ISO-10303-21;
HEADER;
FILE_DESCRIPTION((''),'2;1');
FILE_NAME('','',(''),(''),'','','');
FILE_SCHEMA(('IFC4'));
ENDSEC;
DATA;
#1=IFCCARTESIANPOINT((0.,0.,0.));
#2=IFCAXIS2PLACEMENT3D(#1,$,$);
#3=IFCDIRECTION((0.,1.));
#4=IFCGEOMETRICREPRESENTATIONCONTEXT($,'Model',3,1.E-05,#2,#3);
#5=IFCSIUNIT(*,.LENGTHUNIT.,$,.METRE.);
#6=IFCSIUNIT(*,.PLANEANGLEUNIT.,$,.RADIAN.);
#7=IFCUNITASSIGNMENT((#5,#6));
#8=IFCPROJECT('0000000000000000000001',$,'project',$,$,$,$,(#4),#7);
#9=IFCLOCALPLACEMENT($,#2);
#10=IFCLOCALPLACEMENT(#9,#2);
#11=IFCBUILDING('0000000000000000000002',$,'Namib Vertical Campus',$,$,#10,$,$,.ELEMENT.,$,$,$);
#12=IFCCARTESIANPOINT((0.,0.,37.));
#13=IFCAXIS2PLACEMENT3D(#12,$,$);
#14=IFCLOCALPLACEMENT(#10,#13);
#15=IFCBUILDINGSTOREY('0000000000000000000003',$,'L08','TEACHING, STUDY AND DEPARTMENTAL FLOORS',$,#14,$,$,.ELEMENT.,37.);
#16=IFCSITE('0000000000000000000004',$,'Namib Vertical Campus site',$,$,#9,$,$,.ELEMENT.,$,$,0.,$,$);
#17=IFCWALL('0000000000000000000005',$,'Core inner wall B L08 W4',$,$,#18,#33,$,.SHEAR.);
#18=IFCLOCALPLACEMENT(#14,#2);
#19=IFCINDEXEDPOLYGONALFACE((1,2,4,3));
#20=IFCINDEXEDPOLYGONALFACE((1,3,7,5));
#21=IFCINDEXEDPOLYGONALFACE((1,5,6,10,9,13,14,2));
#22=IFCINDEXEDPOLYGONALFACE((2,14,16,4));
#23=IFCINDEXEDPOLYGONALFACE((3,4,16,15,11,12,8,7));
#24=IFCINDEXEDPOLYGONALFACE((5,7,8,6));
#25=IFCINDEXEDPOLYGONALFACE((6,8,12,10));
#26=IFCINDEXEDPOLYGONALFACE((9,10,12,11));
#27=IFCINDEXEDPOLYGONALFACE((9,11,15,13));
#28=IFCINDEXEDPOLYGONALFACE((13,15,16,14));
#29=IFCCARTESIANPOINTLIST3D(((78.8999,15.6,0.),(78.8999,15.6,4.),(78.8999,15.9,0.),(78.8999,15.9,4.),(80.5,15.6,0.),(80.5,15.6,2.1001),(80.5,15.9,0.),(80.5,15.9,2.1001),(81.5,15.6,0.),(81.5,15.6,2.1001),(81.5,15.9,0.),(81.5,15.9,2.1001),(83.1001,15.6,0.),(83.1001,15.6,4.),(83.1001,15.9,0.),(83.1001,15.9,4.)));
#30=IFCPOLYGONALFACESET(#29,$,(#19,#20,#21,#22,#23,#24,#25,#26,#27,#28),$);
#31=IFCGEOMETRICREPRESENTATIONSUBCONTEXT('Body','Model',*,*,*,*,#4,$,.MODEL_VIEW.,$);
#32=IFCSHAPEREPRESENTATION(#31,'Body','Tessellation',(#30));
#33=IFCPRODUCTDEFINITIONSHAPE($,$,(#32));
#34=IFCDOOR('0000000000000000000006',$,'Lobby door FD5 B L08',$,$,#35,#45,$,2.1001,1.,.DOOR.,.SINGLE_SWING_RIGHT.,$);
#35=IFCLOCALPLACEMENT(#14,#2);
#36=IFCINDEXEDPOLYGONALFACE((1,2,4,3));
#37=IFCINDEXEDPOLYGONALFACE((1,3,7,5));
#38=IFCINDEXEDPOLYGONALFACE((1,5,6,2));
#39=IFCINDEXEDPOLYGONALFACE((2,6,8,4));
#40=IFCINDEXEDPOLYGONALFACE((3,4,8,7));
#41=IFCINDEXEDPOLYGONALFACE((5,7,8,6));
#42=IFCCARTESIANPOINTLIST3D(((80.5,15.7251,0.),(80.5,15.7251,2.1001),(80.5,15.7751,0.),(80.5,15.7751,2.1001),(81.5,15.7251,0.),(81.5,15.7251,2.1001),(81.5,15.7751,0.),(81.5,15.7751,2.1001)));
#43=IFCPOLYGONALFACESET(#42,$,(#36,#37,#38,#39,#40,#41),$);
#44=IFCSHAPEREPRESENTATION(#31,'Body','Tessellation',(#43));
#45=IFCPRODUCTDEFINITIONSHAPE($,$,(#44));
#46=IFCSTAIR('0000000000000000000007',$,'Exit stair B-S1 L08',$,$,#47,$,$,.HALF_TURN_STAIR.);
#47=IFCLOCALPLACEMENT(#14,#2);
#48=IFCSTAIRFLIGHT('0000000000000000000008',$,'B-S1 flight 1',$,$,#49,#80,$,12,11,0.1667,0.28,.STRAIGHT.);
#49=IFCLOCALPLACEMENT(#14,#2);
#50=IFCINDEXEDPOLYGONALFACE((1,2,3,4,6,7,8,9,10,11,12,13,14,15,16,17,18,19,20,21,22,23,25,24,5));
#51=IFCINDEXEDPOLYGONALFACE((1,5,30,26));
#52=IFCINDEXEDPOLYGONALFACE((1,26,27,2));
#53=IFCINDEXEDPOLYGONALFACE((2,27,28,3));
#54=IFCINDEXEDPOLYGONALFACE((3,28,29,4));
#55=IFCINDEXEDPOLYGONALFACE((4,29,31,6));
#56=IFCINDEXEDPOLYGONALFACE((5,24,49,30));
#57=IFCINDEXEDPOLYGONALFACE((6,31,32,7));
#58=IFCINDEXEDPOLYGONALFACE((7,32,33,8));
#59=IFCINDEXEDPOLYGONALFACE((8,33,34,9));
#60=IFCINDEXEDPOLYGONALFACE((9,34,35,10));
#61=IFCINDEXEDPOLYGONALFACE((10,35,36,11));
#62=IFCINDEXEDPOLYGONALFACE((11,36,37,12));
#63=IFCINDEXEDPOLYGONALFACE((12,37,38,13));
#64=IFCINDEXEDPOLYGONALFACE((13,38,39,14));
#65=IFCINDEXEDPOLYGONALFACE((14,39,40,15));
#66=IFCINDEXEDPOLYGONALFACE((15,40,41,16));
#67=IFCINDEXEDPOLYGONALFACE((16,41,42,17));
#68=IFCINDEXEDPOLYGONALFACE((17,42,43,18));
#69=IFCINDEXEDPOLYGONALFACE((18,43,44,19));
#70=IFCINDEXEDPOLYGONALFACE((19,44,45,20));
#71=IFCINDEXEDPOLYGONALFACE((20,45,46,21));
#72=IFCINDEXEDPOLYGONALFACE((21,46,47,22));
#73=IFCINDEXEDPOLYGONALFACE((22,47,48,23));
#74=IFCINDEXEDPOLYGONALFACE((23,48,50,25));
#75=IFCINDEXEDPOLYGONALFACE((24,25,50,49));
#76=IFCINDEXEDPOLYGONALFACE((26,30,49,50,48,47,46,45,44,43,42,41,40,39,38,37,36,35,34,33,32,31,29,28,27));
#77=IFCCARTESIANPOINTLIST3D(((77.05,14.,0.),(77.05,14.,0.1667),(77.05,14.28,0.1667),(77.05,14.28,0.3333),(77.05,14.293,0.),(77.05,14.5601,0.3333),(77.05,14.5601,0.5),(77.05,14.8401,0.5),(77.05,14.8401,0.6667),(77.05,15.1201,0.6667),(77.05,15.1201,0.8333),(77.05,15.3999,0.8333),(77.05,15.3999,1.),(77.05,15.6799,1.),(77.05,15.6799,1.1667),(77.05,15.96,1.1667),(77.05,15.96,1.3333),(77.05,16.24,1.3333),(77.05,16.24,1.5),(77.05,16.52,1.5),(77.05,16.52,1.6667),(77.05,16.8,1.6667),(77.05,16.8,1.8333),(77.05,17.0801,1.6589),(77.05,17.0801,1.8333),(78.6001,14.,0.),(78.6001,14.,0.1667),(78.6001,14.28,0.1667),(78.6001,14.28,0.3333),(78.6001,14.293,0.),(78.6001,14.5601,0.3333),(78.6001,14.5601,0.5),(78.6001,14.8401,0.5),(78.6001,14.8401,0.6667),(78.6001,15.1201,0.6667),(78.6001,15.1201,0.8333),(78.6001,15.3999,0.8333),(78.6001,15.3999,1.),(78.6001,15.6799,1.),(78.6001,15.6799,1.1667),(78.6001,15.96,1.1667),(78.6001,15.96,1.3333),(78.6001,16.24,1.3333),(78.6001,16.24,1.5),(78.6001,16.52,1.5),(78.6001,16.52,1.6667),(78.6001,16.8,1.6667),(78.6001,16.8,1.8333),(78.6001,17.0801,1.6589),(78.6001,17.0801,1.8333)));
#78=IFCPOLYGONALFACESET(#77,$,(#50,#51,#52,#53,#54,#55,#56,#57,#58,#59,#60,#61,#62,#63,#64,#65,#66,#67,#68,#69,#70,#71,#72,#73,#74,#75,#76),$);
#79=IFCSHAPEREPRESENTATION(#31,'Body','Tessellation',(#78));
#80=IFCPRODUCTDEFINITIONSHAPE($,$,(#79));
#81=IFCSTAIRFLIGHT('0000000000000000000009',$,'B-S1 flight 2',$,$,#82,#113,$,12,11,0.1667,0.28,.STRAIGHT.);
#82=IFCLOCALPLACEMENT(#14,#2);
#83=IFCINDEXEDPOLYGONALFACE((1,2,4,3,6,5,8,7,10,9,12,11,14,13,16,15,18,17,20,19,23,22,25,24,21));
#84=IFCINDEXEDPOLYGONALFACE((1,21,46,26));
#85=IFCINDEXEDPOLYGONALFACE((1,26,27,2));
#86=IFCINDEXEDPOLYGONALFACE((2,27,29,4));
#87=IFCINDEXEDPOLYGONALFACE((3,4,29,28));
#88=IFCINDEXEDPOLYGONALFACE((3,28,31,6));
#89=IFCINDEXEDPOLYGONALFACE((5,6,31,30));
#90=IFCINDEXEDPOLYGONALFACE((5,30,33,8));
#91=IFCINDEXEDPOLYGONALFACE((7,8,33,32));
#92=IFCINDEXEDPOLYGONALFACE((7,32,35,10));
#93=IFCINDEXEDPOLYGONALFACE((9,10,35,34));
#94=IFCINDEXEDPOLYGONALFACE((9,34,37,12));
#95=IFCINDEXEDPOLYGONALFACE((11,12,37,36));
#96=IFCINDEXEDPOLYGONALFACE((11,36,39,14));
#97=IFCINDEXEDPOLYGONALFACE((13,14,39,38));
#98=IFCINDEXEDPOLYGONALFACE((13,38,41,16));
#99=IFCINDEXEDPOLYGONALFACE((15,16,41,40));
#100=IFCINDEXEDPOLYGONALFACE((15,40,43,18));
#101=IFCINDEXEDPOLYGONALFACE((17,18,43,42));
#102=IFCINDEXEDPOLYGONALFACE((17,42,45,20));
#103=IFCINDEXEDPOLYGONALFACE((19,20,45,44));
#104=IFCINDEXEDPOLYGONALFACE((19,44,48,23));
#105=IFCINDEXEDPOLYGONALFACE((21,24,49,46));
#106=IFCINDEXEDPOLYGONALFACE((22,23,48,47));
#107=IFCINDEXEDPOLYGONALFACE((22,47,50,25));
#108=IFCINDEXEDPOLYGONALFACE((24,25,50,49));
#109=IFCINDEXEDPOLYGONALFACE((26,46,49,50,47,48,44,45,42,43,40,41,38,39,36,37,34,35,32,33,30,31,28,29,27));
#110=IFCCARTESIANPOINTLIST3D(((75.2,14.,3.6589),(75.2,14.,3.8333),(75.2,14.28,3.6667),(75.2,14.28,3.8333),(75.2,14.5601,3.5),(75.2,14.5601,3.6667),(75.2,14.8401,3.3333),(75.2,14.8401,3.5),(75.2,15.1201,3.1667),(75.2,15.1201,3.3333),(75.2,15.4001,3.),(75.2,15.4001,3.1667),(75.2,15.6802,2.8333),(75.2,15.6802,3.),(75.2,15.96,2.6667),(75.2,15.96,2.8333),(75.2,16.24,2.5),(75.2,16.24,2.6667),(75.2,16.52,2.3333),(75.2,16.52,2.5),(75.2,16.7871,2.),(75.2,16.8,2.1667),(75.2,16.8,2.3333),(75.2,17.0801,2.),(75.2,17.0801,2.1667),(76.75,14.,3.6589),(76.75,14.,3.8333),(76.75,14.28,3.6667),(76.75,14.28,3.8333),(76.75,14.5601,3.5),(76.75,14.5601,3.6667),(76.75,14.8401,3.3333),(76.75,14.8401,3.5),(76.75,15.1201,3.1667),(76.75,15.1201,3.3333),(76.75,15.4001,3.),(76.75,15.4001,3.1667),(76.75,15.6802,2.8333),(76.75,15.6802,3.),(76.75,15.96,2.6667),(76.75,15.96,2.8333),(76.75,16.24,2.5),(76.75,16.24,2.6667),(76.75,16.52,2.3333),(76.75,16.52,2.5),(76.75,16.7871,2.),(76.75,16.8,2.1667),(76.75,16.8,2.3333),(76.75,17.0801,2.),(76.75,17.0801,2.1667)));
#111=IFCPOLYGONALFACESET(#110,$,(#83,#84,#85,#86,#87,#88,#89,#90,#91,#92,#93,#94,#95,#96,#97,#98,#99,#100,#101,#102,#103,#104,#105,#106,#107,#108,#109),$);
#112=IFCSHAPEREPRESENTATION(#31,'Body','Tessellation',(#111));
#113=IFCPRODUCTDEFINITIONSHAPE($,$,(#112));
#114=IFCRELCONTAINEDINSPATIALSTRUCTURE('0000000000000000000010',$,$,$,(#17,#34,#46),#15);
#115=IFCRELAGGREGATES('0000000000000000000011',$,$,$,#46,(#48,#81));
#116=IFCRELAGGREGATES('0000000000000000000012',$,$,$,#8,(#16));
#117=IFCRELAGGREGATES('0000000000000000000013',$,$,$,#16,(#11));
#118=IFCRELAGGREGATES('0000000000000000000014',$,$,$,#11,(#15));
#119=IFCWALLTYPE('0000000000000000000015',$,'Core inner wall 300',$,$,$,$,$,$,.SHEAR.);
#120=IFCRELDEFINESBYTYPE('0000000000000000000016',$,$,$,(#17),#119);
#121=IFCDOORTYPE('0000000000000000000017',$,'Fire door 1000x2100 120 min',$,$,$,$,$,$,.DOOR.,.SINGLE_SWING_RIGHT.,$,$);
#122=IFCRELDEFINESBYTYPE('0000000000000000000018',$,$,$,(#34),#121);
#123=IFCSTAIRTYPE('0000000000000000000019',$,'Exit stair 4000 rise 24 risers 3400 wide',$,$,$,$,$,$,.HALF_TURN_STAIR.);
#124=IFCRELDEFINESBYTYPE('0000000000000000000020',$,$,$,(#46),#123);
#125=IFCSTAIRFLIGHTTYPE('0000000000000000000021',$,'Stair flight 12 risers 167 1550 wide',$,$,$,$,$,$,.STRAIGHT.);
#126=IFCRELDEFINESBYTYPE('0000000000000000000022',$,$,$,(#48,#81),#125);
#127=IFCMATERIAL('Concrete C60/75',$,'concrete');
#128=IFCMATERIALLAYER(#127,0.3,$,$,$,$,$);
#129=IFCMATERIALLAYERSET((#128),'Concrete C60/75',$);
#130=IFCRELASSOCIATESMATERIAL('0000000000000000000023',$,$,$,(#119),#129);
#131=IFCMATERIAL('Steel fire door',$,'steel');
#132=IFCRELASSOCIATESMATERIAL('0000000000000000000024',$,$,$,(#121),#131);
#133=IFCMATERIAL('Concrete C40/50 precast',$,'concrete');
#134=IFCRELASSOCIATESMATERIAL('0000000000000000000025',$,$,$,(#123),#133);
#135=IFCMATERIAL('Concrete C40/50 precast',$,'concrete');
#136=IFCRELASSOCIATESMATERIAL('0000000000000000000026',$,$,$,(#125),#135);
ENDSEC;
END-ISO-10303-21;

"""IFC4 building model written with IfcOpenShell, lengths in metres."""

from ifc_helpers import new_model, si_unit, direction, frame, frame_2d, origin, place, context, subcontext, project, spatial, polyline, rectangle, outline, extrude, material, layer, layer_set, type_object, element, fill, aggregate, save


model = new_model("IFC4")

# Units and contexts
model_context = context("Model", 3, precision=1e-05, world=origin(), true_north=direction((0.0, 1.0)))
body_context = subcontext(model_context, "Body", "Model", "MODEL_VIEW")
ifc_project = project(units=[si_unit("LENGTHUNIT", "METRE"), si_unit("PLANEANGLEUNIT", "RADIAN")], contexts=[model_context])

# Site, building, storey
site_placement = place(None, origin())
site = spatial("IfcSite", under=ifc_project, at=site_placement, Name="Namib Vertical Campus site", CompositionType="ELEMENT", RefElevation=0.0)
building_placement = place(site_placement, origin())
building = spatial("IfcBuilding", under=site, at=building_placement, Name="Namib Vertical Campus", CompositionType="ELEMENT")
storey_placement = place(building_placement, frame((0.0, 0.0, 37.0)))
storey = spatial("IfcBuildingStorey", under=building, at=storey_placement, Name="L08", Description="TEACHING, STUDY AND DEPARTMENTAL FLOORS", CompositionType="ELEMENT", Elevation=37.0)

# Shared definitions
ifc_material_1 = material(Name="Concrete C60/75", Category="concrete")
ifc_layer = layer(ifc_material_1, 0.3)
ifc_layer_set = layer_set([ifc_layer], Name="Concrete C60/75")
wall_type = type_object("IfcWallType", Name="Core inner wall 300", PredefinedType="SHEAR", material=ifc_layer_set)

# Wall, opening, door
wall_1_placement = place(storey_placement, frame((78.8999, 15.75, 0.0), z_axis=(0.0, 0.0, 1.0), x_axis=(1.0, 0.0, 0.0)))
wall_1 = element("IfcWall", 1, at=wall_1_placement, inside=storey, type_object=wall_type, Name="Core inner wall B L08 W4", PredefinedType="SHEAR", context=body_context, shape_type="SweptSolid", body=[
    extrude(rectangle(XDim=4.2002, YDim=0.3, at=frame_2d((2.1001, 0.0))), origin(), (0.0, 0.0, 1.0), 4.0),
])
opening_1_placement = place(wall_1_placement, frame((1.6001, 0.0, 0.0)))
opening_1 = element("IfcOpeningElement", 2, at=opening_1_placement, cuts=wall_1, PredefinedType="OPENING", context=body_context, shape_type="SweptSolid", body=[
    extrude(rectangle(XDim=1.0, YDim=2.1001, at=frame_2d((0.5, 1.05))), frame((0.0, 0.1599, 0.0), z_axis=(0.0, -1.0, 0.0), x_axis=(1.0, 0.0, 0.0)), (0.0, 0.0, 1.0), 0.3201),
])
ifc_material_2 = material(Name="Steel fire door", Category="steel")
door_type_1 = type_object("IfcDoorType", Name="Fire door 1000x2100 120 min", OperationType="SINGLE_SWING_RIGHT", PredefinedType="DOOR", material=ifc_material_2)
door_1_placement = place(opening_1_placement, frame((1.0, 0.0, 0.0), z_axis=(0.0, 0.0, 1.0), x_axis=(-1.0, 0.0, 0.0)))
door_1 = element("IfcDoor", 3, at=door_1_placement, inside=storey, type_object=door_type_1, Name="Lobby door FD5 B L08", OperationType="SINGLE_SWING_RIGHT", OverallHeight=2.1001, OverallWidth=1.0, PredefinedType="DOOR", context=body_context, shape_type="SweptSolid", body=[
    extrude(rectangle(XDim=1.0, YDim=2.1001, at=frame_2d((0.5, 1.05))), frame((0.0, 0.0249, 0.0), z_axis=(0.0, -1.0, 0.0), x_axis=(1.0, 0.0, 0.0)), (0.0, 0.0, 1.0), 0.05),
])
fill(opening_1, door_1)

# Stair, stair flights
ifc_material_3 = material(Name="Concrete C40/50 precast", Category="concrete")
stair_type = type_object("IfcStairType", Name="Exit stair 4000 rise 24 risers 3400 wide", PredefinedType="HALF_TURN_STAIR", material=ifc_material_3)
stair_placement = place(storey_placement, origin())
stair = element("IfcStair", 4, at=stair_placement, inside=storey, type_object=stair_type, Name="Exit stair B-S1 L08", PredefinedType="HALF_TURN_STAIR")
ifc_material_4 = material(Name="Concrete C40/50 precast", Category="concrete")
stair_flight_type = type_object("IfcStairFlightType", Name="Stair flight 12 risers 167 1550 wide", PredefinedType="STRAIGHT", material=ifc_material_4)
stair_flight_1_placement = place(storey_placement, frame((77.825, 14.0, 0.0), z_axis=(0.0, 0.0, 1.0), x_axis=(0.0, 1.0, 0.0)))
stair_flight_1 = element("IfcStairFlight", 5, at=stair_flight_1_placement, type_object=stair_flight_type, Name="B-S1 flight 1", NumberOfRisers=12, NumberOfTreads=11, PredefinedType="STRAIGHT", RiserHeight=0.1667, TreadLength=0.28, context=body_context, shape_type="SweptSolid", body=[
    extrude(outline(polyline([(0.0, 0.0), (0.0, 0.1667), (0.28, 0.1667), (0.28, 0.3333), (0.5601, 0.3333), (0.5601, 0.5), (0.8401, 0.5), (0.8401, 0.6667), (1.1201, 0.6667), (1.1201, 0.8333), (1.3999, 0.8333), (1.3999, 1.0), (1.6799, 1.0), (1.6799, 1.1667), (1.96, 1.1667), (1.96, 1.3333), (2.24, 1.3333), (2.24, 1.5), (2.52, 1.5), (2.52, 1.6667), (2.8, 1.6667), (2.8, 1.8333), (3.0801, 1.8333), (3.0801, 2.0), (3.0801, 1.6589), (0.293, 0.0), (0.0, 0.0)])), frame((0.0, 0.7749, 0.0), z_axis=(0.0, -1.0, 0.0), x_axis=(1.0, 0.0, 0.0)), (0.0, 0.0, 1.0), 1.55),
])
stair_flight_2_placement = place(storey_placement, frame((75.9751, 17.0801, 2.0), z_axis=(0.0, 0.0, 1.0), x_axis=(0.0, -1.0, 0.0)))
stair_flight_2 = element("IfcStairFlight", 6, at=stair_flight_2_placement, type_object=stair_flight_type, Name="B-S1 flight 2", NumberOfRisers=12, NumberOfTreads=11, PredefinedType="STRAIGHT", RiserHeight=0.1667, TreadLength=0.28, context=body_context, shape_type="SweptSolid", body=[
    extrude(outline(polyline([(0.0, 0.0), (0.0, 0.1667), (0.28, 0.1667), (0.28, 0.3333), (0.5601, 0.3333), (0.5601, 0.5), (0.8401, 0.5), (0.8401, 0.6667), (1.1201, 0.6667), (1.1201, 0.8333), (1.3999, 0.8333), (1.3999, 1.0), (1.6799, 1.0), (1.6799, 1.1667), (1.96, 1.1667), (1.96, 1.3333), (2.24, 1.3333), (2.24, 1.5), (2.52, 1.5), (2.52, 1.6667), (2.8, 1.6667), (2.8, 1.8333), (3.0801, 1.8333), (3.0801, 2.0), (3.0801, 1.6589), (0.293, 0.0), (0.0, 0.0)])), frame((0.0, 0.7749, 0.0), z_axis=(0.0, -1.0, 0.0), x_axis=(1.0, 0.0, 0.0)), (0.0, 0.0, 1.0), 1.55),
])
aggregate(stair, [stair_flight_1, stair_flight_2])

save(model, "model.ifc")
